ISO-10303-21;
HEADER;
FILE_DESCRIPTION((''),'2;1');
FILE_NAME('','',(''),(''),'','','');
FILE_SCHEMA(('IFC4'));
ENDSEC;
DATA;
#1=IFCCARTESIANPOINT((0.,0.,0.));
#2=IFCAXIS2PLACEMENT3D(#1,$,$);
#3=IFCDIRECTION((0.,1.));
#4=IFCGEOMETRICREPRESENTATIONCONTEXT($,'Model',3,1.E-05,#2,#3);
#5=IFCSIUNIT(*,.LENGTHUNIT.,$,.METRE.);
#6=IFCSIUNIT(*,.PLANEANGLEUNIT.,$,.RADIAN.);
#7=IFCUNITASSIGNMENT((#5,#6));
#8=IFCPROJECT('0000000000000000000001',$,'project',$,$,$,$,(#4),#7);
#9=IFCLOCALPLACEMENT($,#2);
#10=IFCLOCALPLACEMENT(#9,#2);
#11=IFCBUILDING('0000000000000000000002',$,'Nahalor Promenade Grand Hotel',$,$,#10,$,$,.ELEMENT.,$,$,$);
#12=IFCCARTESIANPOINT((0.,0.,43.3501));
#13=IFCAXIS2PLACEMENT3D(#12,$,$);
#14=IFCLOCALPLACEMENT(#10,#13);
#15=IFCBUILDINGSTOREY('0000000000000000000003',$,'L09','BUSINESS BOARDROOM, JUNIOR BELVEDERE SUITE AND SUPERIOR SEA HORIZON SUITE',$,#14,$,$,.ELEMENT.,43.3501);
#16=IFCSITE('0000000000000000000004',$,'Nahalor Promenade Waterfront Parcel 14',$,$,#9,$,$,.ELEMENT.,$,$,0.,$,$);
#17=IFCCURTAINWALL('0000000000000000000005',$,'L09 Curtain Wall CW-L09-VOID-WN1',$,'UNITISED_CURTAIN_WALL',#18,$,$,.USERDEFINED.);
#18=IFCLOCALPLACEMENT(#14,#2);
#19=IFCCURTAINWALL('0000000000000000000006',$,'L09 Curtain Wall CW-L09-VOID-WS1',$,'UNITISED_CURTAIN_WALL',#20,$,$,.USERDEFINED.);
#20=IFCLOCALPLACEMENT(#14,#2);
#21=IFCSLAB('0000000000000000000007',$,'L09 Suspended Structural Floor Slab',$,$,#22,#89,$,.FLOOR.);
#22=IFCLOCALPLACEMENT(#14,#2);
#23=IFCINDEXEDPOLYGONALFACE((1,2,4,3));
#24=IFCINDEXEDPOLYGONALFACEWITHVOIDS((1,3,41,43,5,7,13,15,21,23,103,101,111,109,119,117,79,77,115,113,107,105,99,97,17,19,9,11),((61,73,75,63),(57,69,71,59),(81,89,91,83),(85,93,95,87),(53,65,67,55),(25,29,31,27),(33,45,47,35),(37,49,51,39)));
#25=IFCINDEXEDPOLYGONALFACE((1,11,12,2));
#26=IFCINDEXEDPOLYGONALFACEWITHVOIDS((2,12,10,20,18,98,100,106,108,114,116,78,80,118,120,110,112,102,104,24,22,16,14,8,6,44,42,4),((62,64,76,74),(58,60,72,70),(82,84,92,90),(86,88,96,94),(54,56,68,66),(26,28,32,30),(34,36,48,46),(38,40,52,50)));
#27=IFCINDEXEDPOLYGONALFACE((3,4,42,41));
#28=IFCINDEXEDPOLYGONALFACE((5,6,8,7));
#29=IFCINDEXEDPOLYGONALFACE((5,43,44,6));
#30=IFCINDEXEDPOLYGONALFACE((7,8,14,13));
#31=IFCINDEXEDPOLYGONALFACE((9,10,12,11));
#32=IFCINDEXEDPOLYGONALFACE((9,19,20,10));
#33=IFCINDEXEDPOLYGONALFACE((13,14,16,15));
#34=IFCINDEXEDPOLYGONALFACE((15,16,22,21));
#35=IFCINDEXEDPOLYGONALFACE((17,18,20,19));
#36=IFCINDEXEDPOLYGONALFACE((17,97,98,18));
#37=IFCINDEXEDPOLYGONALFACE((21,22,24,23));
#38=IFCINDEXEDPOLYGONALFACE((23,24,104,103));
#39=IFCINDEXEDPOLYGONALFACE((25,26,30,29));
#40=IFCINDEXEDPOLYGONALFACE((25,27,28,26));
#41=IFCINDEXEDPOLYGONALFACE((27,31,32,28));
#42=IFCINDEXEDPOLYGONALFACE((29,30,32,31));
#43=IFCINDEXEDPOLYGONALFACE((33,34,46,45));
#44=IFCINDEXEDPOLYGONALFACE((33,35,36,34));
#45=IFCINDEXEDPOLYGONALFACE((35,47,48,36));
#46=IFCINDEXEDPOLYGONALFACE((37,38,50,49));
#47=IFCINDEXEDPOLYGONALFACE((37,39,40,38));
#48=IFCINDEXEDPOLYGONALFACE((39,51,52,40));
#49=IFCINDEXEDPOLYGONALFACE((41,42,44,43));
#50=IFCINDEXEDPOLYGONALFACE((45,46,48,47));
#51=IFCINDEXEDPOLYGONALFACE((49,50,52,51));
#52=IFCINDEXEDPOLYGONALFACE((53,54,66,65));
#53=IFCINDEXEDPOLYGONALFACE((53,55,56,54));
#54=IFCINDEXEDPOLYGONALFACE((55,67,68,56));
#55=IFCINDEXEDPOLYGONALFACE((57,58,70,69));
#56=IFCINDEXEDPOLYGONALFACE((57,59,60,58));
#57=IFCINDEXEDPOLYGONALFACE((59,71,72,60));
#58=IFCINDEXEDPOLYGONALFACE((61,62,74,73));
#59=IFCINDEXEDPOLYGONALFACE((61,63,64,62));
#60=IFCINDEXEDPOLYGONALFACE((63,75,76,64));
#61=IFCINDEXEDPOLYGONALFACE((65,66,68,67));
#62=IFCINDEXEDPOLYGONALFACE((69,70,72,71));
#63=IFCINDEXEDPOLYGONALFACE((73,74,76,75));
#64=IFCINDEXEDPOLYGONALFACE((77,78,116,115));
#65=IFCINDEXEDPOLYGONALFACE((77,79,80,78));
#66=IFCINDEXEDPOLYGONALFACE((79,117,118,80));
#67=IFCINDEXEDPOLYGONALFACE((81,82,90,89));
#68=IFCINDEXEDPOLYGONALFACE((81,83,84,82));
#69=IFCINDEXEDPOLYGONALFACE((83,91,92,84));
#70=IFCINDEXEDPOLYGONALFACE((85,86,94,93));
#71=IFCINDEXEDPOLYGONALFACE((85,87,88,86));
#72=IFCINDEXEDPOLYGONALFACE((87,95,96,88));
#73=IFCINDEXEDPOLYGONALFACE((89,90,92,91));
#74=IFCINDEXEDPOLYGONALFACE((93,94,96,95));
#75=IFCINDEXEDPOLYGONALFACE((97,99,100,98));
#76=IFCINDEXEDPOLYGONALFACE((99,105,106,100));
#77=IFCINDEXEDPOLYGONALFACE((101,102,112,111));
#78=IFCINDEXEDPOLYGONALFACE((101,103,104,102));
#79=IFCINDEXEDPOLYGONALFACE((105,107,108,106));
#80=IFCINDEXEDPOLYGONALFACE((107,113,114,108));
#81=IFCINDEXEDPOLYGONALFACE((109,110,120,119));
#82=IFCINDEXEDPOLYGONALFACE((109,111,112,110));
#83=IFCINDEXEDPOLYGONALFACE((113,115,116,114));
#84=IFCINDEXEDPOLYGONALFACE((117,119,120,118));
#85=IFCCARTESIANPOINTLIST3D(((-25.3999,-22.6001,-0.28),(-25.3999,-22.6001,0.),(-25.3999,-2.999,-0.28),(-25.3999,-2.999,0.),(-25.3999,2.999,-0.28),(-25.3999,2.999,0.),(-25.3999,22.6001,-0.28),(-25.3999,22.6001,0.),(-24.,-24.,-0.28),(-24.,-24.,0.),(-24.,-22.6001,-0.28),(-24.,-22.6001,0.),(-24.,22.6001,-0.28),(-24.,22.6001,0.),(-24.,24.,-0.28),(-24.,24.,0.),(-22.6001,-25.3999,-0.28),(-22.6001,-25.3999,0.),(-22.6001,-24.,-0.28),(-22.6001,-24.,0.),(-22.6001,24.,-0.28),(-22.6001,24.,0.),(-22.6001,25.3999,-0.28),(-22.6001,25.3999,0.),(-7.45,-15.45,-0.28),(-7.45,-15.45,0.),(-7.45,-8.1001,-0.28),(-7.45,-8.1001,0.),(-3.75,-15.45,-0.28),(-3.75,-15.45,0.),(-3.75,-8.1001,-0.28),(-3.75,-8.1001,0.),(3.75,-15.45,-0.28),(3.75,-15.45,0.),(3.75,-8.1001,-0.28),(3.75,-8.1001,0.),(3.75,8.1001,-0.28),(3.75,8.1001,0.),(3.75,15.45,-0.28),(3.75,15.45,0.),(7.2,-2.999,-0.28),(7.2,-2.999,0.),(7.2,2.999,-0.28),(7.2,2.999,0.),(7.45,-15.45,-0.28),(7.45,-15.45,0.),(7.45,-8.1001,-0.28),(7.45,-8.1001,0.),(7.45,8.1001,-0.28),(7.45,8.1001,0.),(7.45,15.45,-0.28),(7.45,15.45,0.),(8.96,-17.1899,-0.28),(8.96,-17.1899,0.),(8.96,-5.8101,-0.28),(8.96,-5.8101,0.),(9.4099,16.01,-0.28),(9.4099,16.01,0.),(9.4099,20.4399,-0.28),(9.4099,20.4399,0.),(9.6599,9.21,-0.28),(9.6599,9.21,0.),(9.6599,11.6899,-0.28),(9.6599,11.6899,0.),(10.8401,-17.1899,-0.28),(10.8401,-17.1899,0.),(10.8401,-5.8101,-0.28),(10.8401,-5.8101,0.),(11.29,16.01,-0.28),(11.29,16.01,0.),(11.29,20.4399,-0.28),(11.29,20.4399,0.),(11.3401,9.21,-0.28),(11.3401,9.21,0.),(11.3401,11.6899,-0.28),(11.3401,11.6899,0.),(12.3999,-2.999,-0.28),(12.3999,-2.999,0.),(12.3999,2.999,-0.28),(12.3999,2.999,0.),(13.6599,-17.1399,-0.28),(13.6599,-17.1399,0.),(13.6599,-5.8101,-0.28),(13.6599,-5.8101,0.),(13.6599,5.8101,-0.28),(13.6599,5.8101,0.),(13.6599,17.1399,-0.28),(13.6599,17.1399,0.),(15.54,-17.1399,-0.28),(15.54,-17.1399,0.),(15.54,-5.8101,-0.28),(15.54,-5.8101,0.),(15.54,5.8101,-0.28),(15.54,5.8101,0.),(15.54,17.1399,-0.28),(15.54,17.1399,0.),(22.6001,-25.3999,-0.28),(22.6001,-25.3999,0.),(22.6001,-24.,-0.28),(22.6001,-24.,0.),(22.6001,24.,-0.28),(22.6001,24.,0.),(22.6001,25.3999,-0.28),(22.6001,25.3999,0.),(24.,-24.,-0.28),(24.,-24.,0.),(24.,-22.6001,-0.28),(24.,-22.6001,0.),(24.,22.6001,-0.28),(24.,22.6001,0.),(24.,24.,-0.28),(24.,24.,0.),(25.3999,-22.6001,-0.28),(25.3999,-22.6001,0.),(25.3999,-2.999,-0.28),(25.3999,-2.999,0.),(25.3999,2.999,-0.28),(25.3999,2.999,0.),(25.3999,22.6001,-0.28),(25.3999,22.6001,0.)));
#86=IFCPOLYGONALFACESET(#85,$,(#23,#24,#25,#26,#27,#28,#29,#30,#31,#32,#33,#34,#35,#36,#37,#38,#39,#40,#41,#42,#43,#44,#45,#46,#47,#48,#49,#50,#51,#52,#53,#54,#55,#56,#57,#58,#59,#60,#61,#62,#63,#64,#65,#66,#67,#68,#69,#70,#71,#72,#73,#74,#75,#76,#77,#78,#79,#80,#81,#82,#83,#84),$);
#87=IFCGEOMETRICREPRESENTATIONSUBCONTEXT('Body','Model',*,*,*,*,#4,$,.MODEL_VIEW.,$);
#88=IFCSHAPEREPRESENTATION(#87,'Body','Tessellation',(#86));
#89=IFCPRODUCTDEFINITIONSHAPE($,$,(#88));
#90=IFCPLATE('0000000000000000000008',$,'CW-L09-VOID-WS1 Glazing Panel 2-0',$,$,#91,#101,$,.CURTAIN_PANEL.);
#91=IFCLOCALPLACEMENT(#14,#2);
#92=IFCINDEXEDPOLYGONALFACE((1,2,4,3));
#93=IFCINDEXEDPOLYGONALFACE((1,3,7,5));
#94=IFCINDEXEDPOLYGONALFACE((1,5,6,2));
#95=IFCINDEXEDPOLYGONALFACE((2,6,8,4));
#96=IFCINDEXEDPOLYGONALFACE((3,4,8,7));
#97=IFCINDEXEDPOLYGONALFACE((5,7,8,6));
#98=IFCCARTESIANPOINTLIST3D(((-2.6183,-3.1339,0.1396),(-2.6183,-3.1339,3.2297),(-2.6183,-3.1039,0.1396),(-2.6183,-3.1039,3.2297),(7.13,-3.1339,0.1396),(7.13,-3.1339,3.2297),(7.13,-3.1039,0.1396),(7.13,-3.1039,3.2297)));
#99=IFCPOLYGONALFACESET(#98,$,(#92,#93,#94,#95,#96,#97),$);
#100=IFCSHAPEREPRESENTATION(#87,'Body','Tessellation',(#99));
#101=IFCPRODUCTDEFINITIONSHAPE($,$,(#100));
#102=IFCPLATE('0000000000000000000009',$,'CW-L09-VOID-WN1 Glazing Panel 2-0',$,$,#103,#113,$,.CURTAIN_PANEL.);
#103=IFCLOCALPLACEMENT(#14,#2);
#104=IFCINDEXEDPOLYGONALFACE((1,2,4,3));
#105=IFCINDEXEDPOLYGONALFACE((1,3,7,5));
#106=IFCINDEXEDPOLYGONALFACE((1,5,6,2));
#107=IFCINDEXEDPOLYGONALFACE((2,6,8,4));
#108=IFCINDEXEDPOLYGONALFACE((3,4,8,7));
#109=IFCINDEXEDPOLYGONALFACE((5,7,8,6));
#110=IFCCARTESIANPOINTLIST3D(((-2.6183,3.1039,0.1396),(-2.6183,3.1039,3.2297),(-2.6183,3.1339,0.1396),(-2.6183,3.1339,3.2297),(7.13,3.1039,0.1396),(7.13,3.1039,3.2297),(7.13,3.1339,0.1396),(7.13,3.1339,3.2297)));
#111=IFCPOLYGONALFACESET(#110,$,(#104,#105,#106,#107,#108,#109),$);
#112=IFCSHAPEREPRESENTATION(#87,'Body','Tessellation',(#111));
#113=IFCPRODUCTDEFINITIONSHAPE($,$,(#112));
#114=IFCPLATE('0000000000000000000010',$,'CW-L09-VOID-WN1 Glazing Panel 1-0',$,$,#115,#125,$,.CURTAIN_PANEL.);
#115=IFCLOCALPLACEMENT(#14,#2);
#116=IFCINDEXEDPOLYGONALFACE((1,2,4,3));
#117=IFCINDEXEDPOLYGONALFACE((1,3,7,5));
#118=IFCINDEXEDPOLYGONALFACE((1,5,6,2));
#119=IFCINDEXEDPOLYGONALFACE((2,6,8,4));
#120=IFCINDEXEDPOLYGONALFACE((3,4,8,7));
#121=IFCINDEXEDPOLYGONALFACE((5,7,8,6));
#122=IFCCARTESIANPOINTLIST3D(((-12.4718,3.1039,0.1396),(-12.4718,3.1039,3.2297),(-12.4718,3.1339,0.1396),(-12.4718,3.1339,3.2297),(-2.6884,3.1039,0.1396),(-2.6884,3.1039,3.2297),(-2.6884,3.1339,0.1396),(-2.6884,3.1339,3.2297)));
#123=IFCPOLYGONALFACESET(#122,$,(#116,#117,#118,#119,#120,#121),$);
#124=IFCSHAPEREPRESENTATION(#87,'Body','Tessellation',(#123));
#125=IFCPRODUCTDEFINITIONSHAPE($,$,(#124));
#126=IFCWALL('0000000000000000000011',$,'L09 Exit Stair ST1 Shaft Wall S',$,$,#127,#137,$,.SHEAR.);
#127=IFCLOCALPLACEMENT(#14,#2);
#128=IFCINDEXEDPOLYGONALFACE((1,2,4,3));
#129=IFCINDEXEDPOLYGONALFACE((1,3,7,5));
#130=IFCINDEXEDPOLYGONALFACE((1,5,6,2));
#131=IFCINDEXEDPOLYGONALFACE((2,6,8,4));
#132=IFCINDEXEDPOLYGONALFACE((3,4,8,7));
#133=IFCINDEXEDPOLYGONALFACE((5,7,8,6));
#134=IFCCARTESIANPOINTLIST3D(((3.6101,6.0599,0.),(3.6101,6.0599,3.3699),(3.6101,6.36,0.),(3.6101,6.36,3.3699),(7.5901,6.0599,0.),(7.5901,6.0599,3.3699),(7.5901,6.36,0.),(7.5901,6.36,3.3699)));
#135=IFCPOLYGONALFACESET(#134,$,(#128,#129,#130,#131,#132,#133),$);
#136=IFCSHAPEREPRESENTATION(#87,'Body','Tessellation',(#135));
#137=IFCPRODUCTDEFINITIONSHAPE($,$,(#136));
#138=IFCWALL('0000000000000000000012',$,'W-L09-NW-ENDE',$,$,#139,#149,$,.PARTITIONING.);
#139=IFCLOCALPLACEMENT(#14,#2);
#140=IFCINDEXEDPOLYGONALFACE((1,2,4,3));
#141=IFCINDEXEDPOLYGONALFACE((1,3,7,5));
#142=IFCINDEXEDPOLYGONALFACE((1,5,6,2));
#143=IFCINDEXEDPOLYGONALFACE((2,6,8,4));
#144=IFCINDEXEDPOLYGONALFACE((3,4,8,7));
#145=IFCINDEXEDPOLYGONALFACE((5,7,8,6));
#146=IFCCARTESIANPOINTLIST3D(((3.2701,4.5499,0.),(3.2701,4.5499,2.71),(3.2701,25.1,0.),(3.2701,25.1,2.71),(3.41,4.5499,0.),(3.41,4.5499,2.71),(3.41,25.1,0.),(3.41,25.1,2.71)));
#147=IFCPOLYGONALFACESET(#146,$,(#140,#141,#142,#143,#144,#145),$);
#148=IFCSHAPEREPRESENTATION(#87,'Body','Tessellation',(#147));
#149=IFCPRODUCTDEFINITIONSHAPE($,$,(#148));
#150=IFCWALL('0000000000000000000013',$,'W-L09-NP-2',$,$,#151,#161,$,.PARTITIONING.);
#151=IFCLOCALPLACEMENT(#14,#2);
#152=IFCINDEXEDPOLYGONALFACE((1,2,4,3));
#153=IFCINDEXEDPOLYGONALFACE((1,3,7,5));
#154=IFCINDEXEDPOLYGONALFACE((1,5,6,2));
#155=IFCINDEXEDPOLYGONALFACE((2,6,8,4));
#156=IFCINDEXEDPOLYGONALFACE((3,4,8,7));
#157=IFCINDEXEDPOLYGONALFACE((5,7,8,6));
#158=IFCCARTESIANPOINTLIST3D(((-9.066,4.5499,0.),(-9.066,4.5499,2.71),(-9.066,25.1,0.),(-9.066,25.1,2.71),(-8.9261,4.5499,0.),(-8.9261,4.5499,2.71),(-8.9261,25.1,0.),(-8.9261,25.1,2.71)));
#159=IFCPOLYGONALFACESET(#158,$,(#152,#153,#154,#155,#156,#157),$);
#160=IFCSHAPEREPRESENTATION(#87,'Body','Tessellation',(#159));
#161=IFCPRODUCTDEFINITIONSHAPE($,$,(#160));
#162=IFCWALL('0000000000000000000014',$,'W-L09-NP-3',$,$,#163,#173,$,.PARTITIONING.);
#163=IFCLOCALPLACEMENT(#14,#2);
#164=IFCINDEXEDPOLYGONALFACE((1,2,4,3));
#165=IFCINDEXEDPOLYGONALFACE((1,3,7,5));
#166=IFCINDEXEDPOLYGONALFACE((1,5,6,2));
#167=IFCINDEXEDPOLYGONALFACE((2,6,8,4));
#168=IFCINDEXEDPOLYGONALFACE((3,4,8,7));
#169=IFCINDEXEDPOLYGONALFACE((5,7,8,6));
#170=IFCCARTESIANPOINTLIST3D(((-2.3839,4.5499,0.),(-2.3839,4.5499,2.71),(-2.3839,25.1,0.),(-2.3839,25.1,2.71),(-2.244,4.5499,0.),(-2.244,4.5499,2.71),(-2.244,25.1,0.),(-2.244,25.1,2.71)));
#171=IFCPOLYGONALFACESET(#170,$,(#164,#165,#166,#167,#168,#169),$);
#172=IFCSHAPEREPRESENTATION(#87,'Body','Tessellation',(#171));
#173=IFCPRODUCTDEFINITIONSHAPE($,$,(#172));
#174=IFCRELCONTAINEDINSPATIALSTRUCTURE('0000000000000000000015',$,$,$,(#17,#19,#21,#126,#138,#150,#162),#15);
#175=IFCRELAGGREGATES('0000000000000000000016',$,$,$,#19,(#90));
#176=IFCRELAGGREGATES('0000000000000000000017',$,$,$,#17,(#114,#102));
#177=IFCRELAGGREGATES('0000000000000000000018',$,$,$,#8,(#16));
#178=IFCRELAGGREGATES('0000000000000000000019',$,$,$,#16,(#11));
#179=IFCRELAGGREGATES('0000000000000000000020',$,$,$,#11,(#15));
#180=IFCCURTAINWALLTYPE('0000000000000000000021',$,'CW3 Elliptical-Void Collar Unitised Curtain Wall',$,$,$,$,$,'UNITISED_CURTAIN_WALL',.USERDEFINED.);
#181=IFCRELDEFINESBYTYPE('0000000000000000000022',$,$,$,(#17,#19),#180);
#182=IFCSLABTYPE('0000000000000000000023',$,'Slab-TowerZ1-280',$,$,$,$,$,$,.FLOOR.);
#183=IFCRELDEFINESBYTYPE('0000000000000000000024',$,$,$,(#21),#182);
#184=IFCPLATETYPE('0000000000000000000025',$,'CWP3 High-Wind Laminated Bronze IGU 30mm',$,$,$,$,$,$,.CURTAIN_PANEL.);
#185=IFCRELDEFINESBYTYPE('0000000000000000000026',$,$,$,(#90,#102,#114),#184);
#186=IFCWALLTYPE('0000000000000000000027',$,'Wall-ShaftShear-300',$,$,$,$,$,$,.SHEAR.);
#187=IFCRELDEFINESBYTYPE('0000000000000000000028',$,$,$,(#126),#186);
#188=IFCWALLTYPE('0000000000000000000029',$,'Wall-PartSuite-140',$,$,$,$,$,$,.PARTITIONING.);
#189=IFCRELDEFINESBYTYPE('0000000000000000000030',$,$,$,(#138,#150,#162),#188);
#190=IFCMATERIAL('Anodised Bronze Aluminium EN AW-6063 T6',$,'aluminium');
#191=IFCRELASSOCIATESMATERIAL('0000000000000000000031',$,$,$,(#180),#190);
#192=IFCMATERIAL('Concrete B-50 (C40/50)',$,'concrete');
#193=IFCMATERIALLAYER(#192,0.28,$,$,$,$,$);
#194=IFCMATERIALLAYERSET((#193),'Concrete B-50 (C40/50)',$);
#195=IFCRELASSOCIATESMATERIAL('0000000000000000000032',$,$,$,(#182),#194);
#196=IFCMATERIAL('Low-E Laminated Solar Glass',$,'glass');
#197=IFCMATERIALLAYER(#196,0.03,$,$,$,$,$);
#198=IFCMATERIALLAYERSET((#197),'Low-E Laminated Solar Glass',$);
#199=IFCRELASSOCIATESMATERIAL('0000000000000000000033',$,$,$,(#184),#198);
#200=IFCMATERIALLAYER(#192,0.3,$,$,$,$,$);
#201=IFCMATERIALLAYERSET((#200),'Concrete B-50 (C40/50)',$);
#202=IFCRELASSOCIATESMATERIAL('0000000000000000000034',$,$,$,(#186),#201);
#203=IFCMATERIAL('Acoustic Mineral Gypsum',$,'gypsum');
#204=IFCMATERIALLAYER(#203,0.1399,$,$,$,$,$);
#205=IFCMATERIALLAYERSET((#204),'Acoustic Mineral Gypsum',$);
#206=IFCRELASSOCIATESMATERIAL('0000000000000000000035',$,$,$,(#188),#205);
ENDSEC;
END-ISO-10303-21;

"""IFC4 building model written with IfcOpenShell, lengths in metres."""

from ifc_helpers import new_model, si_unit, direction, frame, frame_2d, origin, origin_2d, place, context, subcontext, project, spatial, polyline, rectangle, outline, extrude, source, transform, mapped, material, layer, layer_set, type_object, element, aggregate, save


model = new_model("IFC4")

# Units and contexts
model_context = context("Model", 3, precision=1e-05, world=origin(), true_north=direction((0.0, 1.0)))
body_context = subcontext(model_context, "Body", "Model", "MODEL_VIEW")
ifc_project = project(units=[si_unit("LENGTHUNIT", "METRE"), si_unit("PLANEANGLEUNIT", "RADIAN")], contexts=[model_context])

# Site, building, storey
site_placement = place(None, origin())
site = spatial("IfcSite", under=ifc_project, at=site_placement, Name="Nahalor Promenade Waterfront Parcel 14", CompositionType="ELEMENT", RefElevation=0.0)
building_placement = place(site_placement, origin())
building = spatial("IfcBuilding", under=site, at=building_placement, Name="Nahalor Promenade Grand Hotel", CompositionType="ELEMENT")
storey_placement = place(building_placement, frame((0.0, 0.0, 43.3501)))
storey = spatial("IfcBuildingStorey", under=building, at=storey_placement, Name="L09", Description="BUSINESS BOARDROOM, JUNIOR BELVEDERE SUITE AND SUPERIOR SEA HORIZON SUITE", CompositionType="ELEMENT", Elevation=43.3501)

# Curtain wall
ifc_material_1 = material(Name="Anodised Bronze Aluminium EN AW-6063 T6", Category="aluminium")
curtain_wall_type = type_object("IfcCurtainWallType", Name="CW3 Elliptical-Void Collar Unitised Curtain Wall", ElementType="UNITISED_CURTAIN_WALL", PredefinedType="USERDEFINED", material=ifc_material_1)
curtain_wall_1_placement = place(storey_placement, origin())
curtain_wall_1 = element("IfcCurtainWall", 1, at=curtain_wall_1_placement, inside=storey, type_object=curtain_wall_type, Name="L09 Curtain Wall CW-L09-VOID-WN1", ObjectType="UNITISED_CURTAIN_WALL", PredefinedType="USERDEFINED")

# Curtain wall
curtain_wall_2_placement = place(storey_placement, origin())
curtain_wall_2 = element("IfcCurtainWall", 2, at=curtain_wall_2_placement, inside=storey, type_object=curtain_wall_type, Name="L09 Curtain Wall CW-L09-VOID-WS1", ObjectType="UNITISED_CURTAIN_WALL", PredefinedType="USERDEFINED")

# Shared definitions
ifc_material_2 = material(Name="Concrete B-50 (C40/50)", Category="concrete")

# Slab
ifc_layer_1 = layer(ifc_material_2, 0.28)
ifc_layer_set_1 = layer_set([ifc_layer_1], Name="Concrete B-50 (C40/50)")
slab_type_1 = type_object("IfcSlabType", Name="Slab-TowerZ1-280", PredefinedType="FLOOR", material=ifc_layer_set_1)
slab_1_placement = place(storey_placement, frame((0.0, 0.0, -0.28)))
element("IfcSlab", 3, at=slab_1_placement, inside=storey, type_object=slab_type_1, Name="L09 Suspended Structural Floor Slab", PredefinedType="FLOOR", context=body_context, shape_type="SweptSolid", body=[
    extrude(outline(polyline([(-22.6001, -25.3999), (22.6001, -25.3999), (22.6001, -24.0), (24.0, -24.0), (24.0, -22.6001), (25.3999, -22.6001), (25.3999, -2.999), (12.3999, -2.999), (12.3999, 2.999), (25.3999, 2.999), (25.3999, 22.6001), (24.0, 22.6001), (24.0, 24.0), (22.6001, 24.0), (22.6001, 25.3999), (-22.6001, 25.3999), (-22.6001, 24.0), (-24.0, 24.0), (-24.0, 22.6001), (-25.3999, 22.6001), (-25.3999, 2.999), (7.2, 2.999), (7.2, -2.999), (-25.3999, -2.999), (-25.3999, -22.6001), (-24.0, -22.6001), (-24.0, -24.0), (-22.6001, -24.0), (-22.6001, -25.3999)]), holes=[polyline([(3.75, 8.1001), (7.45, 8.1001), (7.45, 15.45), (3.75, 15.45), (3.75, 8.1001)]), polyline([(3.75, -15.45), (7.45, -15.45), (7.45, -8.1001), (3.75, -8.1001), (3.75, -15.45)]), polyline([(-7.45, -15.45), (-3.75, -15.45), (-3.75, -8.1001), (-7.45, -8.1001), (-7.45, -15.45)]), polyline([(13.6599, 5.8101), (15.54, 5.8101), (15.54, 17.1399), (13.6599, 17.1399), (13.6599, 5.8101)]), polyline([(13.6599, -17.1399), (15.54, -17.1399), (15.54, -5.8101), (13.6599, -5.8101), (13.6599, -17.1399)]), polyline([(8.96, -17.1899), (10.8401, -17.1899), (10.8401, -5.8101), (8.96, -5.8101), (8.96, -17.1899)]), polyline([(9.4099, 16.01), (11.29, 16.01), (11.29, 20.4399), (9.4099, 20.4399), (9.4099, 16.01)]), polyline([(9.6599, 9.21), (11.3401, 9.21), (11.3401, 11.6899), (9.6599, 11.6899), (9.6599, 9.21)])]), origin(), (0.0, 0.0, 1.0), 0.28),
])

# Plates
ifc_material_3 = material(Name="Low-E Laminated Solar Glass", Category="glass")
ifc_layer_2 = layer(ifc_material_3, 0.03)
ifc_layer_set_2 = layer_set([ifc_layer_2], Name="Low-E Laminated Solar Glass")
plate_type = type_object("IfcPlateType", Name="CWP3 High-Wind Laminated Bronze IGU 30mm", PredefinedType="CURTAIN_PANEL", material=ifc_layer_set_2)
shared_shape_1 = source(origin(), body_context, "Body", "SweptSolid", [
    extrude(rectangle(XDim=9.7483, YDim=0.03, at=origin_2d()), origin(), (0.0, 0.0, 1.0), 3.0901),
])
plate_1_placement = place(storey_placement, frame((2.2559, -3.1189, 0.1396), z_axis=(0.0, 0.0, 1.0), x_axis=(1.0, 0.0, 0.0)))
plate_1 = element("IfcPlate", 4, at=plate_1_placement, type_object=plate_type, Name="CW-L09-VOID-WS1 Glazing Panel 2-0", PredefinedType="CURTAIN_PANEL", context=body_context, shape_type="MappedRepresentation", body=[
    mapped(shared_shape_1, transform((0.0, 0.0, 0.0), scale=1.0)),
])
aggregate(curtain_wall_2, [plate_1])
plate_2_placement = place(storey_placement, frame((2.2559, 3.1189, 0.1396), z_axis=(0.0, 0.0, 1.0), x_axis=(1.0, 0.0, 0.0)))
plate_2 = element("IfcPlate", 5, at=plate_2_placement, type_object=plate_type, Name="CW-L09-VOID-WN1 Glazing Panel 2-0", PredefinedType="CURTAIN_PANEL", context=body_context, shape_type="MappedRepresentation", body=[
    mapped(shared_shape_1, transform((0.0, 0.0, 0.0), scale=1.0)),
])
shared_shape_2 = source(origin(), body_context, "Body", "SweptSolid", [
    extrude(rectangle(XDim=9.7834, YDim=0.03, at=origin_2d()), origin(), (0.0, 0.0, 1.0), 3.0901),
])
plate_3_placement = place(storey_placement, frame((-7.5801, 3.1189, 0.1396), z_axis=(0.0, 0.0, 1.0), x_axis=(1.0, 0.0, 0.0)))
plate_3 = element("IfcPlate", 6, at=plate_3_placement, type_object=plate_type, Name="CW-L09-VOID-WN1 Glazing Panel 1-0", PredefinedType="CURTAIN_PANEL", context=body_context, shape_type="MappedRepresentation", body=[
    mapped(shared_shape_2, transform((0.0, 0.0, 0.0), scale=1.0)),
])
aggregate(curtain_wall_1, [plate_3, plate_2])

# Walls
ifc_layer_3 = layer(ifc_material_2, 0.3)
ifc_layer_set_3 = layer_set([ifc_layer_3], Name="Concrete B-50 (C40/50)")
wall_type_1 = type_object("IfcWallType", Name="Wall-ShaftShear-300", PredefinedType="SHEAR", material=ifc_layer_set_3)
shared_shape_3 = source(origin(), body_context, "Body", "SweptSolid", [
    extrude(rectangle(XDim=3.98, YDim=0.3, at=frame_2d((1.99, 0.0))), origin(), (0.0, 0.0, 1.0), 3.3699),
])
wall_placement = place(storey_placement, frame((3.6101, 6.21, 0.0), z_axis=(0.0, 0.0, 1.0), x_axis=(1.0, 0.0, 0.0)))
element("IfcWall", 7, at=wall_placement, inside=storey, type_object=wall_type_1, Name="L09 Exit Stair ST1 Shaft Wall S", PredefinedType="SHEAR", context=body_context, shape_type="MappedRepresentation", body=[
    mapped(shared_shape_3, transform((0.0, 0.0, 0.0), scale=1.0)),
])
ifc_material_4 = material(Name="Acoustic Mineral Gypsum", Category="gypsum")
ifc_layer_4 = layer(ifc_material_4, 0.1399)
ifc_layer_set_4 = layer_set([ifc_layer_4], Name="Acoustic Mineral Gypsum")
wall_type_2 = type_object("IfcWallType", Name="Wall-PartSuite-140", PredefinedType="PARTITIONING", material=ifc_layer_set_4)
shared_shape_4 = source(origin(), body_context, "Body", "SweptSolid", [
    extrude(rectangle(XDim=20.55, YDim=0.1399, at=frame_2d((10.2749, 0.0))), origin(), (0.0, 0.0, 1.0), 2.71),
])
for number, where, z_axis, x_axis, name in (
    (8, (3.3401, 4.55, 0.0), (0.0, 0.0, 1.0), (0.0, 1.0, 0.0), "W-L09-NW-ENDE"),
    (9, (-8.9961, 4.55, 0.0), (0.0, 0.0, 1.0), (0.0, 1.0, 0.0), "W-L09-NP-2"),
    (10, (-2.314, 4.55, 0.0), (0.0, 0.0, 1.0), (0.0, 1.0, 0.0), "W-L09-NP-3"),
):
    element("IfcWall", number, at=place(storey_placement, frame(where, z_axis=z_axis, x_axis=x_axis)), inside=storey, type_object=wall_type_2, Name=name, PredefinedType="PARTITIONING", context=body_context, shape_type="MappedRepresentation", body=[
        mapped(shared_shape_4, transform((0.0, 0.0, 0.0), scale=1.0)),
    ])

save(model, "model.ifc")
